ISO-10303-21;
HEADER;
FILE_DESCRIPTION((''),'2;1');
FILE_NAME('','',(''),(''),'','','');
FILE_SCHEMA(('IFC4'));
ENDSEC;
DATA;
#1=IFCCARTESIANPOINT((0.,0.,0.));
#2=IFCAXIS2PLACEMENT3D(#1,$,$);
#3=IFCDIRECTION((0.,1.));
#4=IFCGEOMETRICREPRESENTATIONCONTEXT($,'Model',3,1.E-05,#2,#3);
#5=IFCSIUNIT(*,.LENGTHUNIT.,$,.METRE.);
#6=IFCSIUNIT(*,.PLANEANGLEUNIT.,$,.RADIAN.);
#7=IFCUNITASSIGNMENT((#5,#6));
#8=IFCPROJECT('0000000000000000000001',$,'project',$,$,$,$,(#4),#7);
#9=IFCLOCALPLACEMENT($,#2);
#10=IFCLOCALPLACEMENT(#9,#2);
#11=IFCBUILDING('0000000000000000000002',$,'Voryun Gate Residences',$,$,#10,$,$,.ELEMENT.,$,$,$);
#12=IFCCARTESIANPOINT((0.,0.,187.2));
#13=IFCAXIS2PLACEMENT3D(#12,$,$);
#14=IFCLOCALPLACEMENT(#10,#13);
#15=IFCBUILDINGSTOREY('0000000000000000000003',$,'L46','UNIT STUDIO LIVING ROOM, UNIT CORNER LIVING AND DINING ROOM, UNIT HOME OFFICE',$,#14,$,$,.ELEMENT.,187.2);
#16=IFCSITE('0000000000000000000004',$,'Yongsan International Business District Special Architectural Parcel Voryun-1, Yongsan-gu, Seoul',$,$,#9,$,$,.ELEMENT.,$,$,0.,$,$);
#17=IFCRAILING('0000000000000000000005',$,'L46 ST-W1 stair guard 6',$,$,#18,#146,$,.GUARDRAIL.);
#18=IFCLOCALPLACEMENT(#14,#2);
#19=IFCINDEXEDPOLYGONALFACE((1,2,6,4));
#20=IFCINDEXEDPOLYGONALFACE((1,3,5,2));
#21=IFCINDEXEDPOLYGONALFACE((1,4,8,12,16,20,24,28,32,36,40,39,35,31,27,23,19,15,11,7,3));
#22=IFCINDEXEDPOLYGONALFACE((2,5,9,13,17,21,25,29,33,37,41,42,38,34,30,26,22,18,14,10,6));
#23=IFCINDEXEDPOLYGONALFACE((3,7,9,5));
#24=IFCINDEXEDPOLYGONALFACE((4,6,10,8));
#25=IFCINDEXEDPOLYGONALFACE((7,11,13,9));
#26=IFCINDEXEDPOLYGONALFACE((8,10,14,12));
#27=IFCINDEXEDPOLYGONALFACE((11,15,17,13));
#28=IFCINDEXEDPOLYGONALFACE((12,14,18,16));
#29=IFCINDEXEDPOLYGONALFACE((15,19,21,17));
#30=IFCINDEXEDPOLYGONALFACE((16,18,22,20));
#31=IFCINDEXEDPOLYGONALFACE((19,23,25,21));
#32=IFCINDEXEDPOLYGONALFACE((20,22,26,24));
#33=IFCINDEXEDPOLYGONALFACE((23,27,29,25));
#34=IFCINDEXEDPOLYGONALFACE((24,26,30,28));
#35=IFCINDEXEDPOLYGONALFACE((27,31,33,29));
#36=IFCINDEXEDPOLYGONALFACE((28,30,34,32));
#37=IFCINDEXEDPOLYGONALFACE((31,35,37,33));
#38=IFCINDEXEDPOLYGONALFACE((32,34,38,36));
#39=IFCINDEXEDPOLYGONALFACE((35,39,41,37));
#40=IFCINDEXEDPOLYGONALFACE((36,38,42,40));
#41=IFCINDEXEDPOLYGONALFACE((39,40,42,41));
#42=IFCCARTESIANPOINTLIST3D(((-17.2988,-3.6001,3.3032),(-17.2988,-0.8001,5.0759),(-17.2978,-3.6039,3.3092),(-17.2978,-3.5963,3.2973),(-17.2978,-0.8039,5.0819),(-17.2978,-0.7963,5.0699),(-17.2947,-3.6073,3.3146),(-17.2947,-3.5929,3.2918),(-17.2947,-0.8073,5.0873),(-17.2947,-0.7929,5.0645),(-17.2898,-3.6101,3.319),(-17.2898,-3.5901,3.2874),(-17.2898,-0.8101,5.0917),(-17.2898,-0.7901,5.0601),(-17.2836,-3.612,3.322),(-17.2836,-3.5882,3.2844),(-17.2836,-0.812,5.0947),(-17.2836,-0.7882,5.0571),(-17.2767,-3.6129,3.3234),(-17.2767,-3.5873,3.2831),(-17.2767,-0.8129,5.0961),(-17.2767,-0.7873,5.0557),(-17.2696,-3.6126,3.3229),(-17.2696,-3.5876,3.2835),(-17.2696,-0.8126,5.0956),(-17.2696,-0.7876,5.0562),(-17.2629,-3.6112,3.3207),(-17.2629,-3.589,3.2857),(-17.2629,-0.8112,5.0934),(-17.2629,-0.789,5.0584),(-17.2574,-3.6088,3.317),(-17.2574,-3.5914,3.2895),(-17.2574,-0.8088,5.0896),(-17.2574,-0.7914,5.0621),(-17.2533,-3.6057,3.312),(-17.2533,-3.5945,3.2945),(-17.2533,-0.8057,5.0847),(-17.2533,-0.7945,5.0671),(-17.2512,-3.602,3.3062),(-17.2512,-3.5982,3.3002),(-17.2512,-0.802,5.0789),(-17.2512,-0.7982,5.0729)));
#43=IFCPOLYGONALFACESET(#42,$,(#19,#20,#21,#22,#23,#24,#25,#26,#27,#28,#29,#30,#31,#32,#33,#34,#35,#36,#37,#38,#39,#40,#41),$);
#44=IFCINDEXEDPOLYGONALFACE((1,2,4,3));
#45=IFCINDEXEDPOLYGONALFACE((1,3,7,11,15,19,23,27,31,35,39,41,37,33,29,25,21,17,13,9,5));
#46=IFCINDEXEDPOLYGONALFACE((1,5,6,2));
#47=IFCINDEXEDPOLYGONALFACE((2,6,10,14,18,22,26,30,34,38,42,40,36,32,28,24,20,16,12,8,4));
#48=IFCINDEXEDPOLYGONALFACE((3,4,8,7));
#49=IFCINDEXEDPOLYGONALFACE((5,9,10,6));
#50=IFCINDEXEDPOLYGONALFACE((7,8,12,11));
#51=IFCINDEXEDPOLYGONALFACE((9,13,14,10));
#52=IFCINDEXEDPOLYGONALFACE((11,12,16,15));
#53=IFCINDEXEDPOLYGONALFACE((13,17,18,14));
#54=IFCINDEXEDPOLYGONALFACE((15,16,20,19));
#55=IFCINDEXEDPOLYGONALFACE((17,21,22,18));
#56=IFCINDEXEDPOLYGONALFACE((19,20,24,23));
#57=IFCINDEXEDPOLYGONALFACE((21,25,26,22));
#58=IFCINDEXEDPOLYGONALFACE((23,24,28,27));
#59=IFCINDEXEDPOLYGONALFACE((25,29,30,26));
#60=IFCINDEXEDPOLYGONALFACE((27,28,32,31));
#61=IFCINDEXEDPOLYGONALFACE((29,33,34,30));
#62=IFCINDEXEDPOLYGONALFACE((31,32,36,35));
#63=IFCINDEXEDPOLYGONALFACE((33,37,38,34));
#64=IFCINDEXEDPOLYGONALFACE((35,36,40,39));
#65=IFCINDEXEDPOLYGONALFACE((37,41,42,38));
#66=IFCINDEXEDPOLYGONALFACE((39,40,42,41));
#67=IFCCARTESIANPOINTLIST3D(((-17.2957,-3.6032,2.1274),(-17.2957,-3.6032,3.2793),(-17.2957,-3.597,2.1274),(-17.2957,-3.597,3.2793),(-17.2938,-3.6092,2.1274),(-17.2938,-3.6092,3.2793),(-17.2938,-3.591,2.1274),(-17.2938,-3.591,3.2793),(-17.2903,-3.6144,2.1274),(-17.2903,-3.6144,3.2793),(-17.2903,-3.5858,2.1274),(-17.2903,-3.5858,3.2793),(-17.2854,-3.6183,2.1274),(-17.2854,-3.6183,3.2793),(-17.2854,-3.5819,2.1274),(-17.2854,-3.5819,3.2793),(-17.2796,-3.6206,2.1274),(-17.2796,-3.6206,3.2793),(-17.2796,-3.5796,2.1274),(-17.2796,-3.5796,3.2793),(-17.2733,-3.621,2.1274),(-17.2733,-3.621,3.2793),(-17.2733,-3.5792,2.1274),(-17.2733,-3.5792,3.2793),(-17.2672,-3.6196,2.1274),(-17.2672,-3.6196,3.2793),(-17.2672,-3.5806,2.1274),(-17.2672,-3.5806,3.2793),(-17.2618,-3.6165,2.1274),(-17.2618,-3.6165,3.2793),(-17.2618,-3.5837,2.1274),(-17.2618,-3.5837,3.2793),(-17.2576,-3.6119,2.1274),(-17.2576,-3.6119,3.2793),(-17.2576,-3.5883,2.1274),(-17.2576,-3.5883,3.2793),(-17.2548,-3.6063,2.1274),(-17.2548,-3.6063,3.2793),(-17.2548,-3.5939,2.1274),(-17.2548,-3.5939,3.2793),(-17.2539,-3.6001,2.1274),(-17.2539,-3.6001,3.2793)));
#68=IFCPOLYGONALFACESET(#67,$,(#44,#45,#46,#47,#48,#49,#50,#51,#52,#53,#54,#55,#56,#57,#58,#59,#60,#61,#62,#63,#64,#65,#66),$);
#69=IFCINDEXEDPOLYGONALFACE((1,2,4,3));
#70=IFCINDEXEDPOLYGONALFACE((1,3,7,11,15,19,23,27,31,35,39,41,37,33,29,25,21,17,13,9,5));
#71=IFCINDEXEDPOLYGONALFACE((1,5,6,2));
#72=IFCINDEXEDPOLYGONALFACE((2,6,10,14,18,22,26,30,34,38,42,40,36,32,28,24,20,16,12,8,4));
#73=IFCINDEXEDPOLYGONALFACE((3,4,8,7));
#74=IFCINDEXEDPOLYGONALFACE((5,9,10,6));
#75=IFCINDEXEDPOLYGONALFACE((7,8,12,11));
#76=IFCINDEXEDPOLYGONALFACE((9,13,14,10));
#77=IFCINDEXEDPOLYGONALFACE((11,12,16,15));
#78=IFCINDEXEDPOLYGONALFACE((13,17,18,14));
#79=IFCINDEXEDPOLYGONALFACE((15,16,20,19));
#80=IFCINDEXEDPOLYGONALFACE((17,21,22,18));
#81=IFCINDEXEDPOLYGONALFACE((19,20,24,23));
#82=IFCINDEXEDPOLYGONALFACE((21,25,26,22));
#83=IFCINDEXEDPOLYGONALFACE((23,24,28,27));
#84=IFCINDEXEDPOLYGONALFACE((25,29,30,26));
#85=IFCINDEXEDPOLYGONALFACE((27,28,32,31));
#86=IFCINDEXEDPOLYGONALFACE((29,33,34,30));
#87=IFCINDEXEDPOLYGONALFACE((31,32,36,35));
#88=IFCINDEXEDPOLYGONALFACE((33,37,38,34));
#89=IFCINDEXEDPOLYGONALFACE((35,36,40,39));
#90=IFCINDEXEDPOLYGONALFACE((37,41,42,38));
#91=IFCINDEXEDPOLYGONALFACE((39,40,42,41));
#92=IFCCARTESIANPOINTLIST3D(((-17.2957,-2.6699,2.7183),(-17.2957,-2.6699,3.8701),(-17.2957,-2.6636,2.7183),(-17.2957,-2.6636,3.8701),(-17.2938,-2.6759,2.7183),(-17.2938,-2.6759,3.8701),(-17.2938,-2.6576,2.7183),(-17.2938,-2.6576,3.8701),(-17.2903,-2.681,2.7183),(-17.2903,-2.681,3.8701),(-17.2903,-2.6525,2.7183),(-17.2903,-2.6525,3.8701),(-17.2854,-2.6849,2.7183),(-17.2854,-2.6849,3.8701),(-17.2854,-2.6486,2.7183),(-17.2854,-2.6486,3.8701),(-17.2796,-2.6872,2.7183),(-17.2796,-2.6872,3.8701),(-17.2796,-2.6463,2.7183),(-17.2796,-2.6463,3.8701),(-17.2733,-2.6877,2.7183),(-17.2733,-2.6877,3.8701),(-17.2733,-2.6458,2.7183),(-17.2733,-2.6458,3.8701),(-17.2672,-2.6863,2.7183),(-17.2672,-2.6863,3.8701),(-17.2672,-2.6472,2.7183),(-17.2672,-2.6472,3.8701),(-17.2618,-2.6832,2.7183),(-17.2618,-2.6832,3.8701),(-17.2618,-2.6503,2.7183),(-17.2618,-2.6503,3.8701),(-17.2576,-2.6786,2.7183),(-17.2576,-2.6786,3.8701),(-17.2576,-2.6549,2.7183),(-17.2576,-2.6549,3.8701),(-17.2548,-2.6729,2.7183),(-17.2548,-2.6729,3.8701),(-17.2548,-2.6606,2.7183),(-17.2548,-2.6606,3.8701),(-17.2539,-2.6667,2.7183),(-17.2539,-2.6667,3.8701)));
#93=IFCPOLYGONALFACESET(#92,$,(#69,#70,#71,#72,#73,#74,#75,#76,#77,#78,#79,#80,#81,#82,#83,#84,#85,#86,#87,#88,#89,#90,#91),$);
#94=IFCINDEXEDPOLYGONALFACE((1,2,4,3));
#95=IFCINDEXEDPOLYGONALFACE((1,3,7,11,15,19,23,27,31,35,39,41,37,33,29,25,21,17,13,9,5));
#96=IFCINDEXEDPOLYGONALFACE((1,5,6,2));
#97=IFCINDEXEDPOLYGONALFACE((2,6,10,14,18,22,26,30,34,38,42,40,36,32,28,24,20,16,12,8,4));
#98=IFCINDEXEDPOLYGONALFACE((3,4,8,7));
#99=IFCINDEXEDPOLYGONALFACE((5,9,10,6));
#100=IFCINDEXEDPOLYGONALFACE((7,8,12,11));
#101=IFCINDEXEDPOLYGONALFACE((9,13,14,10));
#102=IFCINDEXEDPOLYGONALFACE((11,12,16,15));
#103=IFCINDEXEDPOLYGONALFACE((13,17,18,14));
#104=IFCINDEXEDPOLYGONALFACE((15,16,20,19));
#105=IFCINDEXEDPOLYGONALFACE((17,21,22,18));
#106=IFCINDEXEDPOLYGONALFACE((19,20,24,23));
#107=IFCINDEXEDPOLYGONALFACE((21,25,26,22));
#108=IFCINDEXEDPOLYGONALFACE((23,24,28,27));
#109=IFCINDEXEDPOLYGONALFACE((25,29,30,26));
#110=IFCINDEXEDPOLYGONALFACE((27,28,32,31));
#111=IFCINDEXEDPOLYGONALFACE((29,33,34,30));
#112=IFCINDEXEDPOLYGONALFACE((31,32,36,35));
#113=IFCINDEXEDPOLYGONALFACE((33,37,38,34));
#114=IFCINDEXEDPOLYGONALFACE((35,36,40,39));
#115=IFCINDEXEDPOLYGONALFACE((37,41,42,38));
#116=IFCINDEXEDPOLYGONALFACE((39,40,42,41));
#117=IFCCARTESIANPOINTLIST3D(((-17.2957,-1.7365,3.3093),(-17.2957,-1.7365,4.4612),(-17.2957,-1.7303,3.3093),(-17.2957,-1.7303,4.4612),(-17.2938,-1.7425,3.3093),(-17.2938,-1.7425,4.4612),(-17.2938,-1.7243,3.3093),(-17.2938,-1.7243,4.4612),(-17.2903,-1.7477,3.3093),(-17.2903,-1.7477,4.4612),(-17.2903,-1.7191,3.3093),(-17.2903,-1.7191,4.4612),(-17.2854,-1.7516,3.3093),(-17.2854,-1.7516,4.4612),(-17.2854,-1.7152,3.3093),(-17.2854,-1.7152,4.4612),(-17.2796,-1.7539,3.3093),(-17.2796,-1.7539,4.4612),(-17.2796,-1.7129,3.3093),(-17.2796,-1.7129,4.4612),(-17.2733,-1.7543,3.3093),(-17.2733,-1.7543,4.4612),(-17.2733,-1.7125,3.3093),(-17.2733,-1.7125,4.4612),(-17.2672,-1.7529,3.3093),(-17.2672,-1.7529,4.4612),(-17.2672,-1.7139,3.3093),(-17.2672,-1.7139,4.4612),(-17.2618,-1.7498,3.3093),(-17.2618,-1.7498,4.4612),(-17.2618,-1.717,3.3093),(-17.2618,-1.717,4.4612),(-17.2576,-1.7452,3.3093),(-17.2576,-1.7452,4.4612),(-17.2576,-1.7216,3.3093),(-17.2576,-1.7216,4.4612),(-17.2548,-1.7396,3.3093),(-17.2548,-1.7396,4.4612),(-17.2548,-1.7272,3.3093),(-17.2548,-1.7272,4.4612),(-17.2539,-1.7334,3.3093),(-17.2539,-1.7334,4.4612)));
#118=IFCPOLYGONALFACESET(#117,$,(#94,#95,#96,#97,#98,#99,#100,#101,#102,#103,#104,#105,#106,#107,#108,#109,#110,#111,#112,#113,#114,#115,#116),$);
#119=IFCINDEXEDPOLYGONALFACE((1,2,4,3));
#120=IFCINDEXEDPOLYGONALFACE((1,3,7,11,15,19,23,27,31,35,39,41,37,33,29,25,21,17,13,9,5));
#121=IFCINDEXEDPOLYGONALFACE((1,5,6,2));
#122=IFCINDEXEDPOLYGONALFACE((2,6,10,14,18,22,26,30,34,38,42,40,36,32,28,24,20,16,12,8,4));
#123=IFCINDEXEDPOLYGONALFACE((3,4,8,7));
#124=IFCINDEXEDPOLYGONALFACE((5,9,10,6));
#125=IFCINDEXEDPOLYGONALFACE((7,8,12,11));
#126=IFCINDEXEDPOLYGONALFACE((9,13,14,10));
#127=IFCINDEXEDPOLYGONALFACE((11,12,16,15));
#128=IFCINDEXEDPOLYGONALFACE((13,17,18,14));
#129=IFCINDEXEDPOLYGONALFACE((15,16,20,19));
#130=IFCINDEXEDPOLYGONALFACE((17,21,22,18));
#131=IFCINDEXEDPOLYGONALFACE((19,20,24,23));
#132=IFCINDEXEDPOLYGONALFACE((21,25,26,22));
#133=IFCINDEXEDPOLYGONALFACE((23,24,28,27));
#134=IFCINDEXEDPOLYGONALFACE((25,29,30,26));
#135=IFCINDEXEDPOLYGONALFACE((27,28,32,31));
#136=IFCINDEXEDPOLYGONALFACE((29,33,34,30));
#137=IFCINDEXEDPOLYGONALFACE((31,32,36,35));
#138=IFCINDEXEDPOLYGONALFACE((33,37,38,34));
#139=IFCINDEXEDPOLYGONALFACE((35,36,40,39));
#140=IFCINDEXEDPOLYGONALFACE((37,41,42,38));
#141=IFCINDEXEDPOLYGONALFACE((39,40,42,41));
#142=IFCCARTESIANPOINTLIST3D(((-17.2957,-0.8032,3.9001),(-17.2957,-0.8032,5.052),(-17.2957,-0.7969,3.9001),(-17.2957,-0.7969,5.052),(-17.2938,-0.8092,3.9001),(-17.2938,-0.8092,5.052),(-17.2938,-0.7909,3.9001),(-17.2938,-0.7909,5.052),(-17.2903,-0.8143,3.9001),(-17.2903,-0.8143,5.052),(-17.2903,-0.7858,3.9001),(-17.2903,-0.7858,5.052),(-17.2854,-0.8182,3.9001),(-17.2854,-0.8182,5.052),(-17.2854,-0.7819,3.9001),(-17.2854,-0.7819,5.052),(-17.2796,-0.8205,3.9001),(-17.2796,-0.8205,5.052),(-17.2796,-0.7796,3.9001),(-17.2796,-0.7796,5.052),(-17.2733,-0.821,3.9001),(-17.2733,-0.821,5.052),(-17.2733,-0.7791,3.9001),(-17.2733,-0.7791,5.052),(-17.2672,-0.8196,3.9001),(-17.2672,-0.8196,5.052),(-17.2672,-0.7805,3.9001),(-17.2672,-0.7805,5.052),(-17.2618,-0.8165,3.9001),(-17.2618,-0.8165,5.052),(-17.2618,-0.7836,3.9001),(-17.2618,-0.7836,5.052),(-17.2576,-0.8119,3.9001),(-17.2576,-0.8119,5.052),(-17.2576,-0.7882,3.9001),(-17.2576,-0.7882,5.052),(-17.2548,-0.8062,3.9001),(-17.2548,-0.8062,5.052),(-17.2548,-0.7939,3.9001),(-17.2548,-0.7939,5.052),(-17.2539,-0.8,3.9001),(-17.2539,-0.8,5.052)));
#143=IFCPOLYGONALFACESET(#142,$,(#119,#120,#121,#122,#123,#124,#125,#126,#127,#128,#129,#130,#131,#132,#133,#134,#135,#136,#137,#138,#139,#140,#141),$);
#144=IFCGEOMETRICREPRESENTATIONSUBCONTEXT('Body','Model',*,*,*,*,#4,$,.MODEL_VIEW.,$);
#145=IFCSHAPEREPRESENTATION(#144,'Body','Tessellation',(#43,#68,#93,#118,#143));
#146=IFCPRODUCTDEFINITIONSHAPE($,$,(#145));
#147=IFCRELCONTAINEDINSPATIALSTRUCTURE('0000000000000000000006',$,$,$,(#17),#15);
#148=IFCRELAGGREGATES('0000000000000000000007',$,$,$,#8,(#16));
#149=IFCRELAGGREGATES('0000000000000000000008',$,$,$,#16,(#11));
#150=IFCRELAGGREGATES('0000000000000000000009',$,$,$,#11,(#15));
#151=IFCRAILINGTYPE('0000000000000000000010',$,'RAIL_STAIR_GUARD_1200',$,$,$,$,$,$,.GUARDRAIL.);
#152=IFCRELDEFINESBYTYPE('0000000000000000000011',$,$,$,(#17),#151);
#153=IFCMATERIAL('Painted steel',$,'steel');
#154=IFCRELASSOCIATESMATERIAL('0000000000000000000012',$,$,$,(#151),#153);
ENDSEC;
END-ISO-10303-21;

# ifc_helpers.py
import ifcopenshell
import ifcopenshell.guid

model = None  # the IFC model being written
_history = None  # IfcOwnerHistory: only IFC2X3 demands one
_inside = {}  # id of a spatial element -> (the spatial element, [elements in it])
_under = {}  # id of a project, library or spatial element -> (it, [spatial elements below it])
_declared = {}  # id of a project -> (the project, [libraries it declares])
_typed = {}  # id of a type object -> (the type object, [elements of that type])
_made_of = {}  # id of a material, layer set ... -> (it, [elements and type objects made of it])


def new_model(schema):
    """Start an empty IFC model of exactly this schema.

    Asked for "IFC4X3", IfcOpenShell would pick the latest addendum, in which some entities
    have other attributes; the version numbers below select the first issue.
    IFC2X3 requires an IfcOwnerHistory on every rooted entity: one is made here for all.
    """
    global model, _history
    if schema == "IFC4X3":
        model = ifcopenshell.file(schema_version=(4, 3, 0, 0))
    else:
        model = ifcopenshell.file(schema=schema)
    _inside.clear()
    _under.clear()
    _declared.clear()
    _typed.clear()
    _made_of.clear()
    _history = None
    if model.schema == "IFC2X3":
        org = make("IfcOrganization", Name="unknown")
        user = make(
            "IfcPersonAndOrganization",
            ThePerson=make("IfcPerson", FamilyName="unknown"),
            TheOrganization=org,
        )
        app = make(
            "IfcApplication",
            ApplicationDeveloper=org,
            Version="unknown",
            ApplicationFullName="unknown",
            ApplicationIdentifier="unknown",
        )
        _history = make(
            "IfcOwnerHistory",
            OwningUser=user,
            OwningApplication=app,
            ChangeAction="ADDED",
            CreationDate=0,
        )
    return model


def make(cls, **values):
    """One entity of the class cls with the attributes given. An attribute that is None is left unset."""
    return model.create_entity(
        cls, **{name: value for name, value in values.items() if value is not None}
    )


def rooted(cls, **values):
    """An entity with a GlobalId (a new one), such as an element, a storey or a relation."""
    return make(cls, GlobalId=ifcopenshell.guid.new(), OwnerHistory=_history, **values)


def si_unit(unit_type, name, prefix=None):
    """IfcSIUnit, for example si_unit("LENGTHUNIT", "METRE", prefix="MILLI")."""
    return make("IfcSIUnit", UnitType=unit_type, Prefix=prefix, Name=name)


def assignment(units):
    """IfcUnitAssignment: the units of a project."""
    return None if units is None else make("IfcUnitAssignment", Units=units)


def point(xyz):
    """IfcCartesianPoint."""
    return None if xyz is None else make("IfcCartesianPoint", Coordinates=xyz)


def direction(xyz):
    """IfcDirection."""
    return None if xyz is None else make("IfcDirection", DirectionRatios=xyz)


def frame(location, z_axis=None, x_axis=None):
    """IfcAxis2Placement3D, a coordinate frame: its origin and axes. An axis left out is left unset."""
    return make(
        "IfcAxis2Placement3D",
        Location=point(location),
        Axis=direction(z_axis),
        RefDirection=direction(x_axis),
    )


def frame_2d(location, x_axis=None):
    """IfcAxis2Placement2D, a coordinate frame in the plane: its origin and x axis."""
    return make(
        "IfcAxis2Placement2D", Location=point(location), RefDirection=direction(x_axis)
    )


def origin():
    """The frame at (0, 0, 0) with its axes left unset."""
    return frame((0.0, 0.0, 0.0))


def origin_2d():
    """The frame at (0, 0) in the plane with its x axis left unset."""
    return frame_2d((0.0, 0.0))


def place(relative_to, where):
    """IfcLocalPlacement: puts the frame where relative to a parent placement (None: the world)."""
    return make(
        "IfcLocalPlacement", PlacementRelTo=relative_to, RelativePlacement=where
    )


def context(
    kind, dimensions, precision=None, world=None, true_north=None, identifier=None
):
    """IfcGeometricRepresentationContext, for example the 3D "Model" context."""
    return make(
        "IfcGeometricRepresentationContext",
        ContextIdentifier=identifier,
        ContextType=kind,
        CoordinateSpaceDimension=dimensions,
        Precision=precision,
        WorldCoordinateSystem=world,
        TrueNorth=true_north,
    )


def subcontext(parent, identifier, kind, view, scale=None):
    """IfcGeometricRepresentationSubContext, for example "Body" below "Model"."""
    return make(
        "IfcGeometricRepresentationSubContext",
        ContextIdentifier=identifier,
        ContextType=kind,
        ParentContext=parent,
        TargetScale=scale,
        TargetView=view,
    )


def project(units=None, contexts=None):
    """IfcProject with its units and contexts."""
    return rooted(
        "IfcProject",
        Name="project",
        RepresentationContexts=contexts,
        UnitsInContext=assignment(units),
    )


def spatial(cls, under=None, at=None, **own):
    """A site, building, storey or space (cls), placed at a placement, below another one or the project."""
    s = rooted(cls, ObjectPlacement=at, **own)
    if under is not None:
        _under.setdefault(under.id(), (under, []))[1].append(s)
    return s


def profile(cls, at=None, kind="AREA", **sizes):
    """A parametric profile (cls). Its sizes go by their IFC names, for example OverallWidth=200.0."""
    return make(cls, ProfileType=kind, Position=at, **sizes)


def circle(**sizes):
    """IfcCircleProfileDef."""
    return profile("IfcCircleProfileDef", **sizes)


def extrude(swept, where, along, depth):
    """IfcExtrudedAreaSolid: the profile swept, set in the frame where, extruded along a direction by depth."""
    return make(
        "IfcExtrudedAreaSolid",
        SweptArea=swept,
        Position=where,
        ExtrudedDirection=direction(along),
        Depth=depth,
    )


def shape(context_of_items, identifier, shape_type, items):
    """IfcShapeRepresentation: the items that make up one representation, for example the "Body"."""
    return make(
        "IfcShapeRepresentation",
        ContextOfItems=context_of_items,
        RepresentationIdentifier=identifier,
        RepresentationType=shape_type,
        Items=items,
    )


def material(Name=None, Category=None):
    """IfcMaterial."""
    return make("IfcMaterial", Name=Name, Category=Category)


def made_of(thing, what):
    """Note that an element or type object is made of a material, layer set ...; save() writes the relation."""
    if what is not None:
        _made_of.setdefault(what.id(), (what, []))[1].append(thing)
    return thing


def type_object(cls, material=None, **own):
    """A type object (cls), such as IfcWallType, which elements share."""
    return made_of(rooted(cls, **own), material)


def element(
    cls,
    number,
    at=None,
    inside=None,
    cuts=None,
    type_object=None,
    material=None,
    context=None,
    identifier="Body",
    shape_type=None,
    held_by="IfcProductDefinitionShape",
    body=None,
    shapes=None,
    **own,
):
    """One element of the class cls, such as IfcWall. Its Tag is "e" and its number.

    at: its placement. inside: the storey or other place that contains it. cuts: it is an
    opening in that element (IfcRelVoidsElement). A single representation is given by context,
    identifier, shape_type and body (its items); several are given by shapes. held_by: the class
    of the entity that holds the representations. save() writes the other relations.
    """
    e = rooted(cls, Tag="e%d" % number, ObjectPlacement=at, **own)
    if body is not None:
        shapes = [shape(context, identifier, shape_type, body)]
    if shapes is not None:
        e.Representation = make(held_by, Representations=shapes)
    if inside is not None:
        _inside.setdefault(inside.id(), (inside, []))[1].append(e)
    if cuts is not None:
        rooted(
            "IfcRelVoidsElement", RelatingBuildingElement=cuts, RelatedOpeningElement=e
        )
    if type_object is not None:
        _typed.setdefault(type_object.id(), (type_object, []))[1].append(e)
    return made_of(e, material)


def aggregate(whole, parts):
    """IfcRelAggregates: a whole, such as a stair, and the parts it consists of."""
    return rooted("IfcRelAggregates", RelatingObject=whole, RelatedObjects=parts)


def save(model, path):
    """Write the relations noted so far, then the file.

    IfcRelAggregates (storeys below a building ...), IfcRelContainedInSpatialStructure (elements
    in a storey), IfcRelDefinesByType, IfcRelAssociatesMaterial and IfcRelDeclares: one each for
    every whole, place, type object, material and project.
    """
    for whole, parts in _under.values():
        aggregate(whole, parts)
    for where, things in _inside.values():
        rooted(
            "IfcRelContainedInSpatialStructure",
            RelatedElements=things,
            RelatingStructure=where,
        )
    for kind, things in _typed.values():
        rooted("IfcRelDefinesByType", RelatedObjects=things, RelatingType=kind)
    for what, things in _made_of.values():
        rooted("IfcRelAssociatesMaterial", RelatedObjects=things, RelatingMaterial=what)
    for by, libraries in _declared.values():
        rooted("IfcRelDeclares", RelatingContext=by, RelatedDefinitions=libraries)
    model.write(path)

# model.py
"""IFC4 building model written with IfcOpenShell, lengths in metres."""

from ifc_helpers import new_model, si_unit, direction, frame, origin, origin_2d, place, context, subcontext, project, spatial, circle, extrude, material, type_object, element, save


model = new_model("IFC4")

# Units and contexts
model_context = context("Model", 3, precision=1e-05, world=origin(), true_north=direction((0.0, 1.0)))
body_context = subcontext(model_context, "Body", "Model", "MODEL_VIEW")
ifc_project = project(units=[si_unit("LENGTHUNIT", "METRE"), si_unit("PLANEANGLEUNIT", "RADIAN")], contexts=[model_context])

# Site, building, storey
site_placement = place(None, origin())
site = spatial("IfcSite", under=ifc_project, at=site_placement, Name="Yongsan International Business District Special Architectural Parcel Voryun-1, Yongsan-gu, Seoul", CompositionType="ELEMENT", RefElevation=0.0)
building_placement = place(site_placement, origin())
building = spatial("IfcBuilding", under=site, at=building_placement, Name="Voryun Gate Residences", CompositionType="ELEMENT")
storey_placement = place(building_placement, frame((0.0, 0.0, 187.2)))
storey = spatial("IfcBuildingStorey", under=building, at=storey_placement, Name="L46", Description="UNIT STUDIO LIVING ROOM, UNIT CORNER LIVING AND DINING ROOM, UNIT HOME OFFICE", CompositionType="ELEMENT", Elevation=187.2)

# Railing
ifc_material_1 = material(Name="Painted steel", Category="steel")
railing_type_1 = type_object("IfcRailingType", Name="RAIL_STAIR_GUARD_1200", PredefinedType="GUARDRAIL", material=ifc_material_1)
railing_1_placement = place(storey_placement, frame((-17.2749, -3.6001, 2.1274)))
element("IfcRailing", 1, at=railing_1_placement, inside=storey, type_object=railing_type_1, Name="L46 ST-W1 stair guard 6", PredefinedType="GUARDRAIL", context=body_context, shape_type="SweptSolid", body=[
    extrude(circle(Radius=0.0239, at=origin_2d()), frame((0.0, 0.0, 1.1758), z_axis=(0.0, 0.844909, 0.53491), x_axis=(-1.0, 0.0, 0.0)), (0.0, 0.0, 1.0), 3.314),
    extrude(circle(Radius=0.021, at=origin_2d()), origin(), (0.0, 0.0, 1.0), 1.1519),
    extrude(circle(Radius=0.021, at=origin_2d()), frame((0.0, 0.9333, 0.5908)), (0.0, 0.0, 1.0), 1.1519),
    extrude(circle(Radius=0.021, at=origin_2d()), frame((0.0, 1.8667, 1.1819)), (0.0, 0.0, 1.0), 1.1519),
    extrude(circle(Radius=0.021, at=origin_2d()), frame((0.0, 2.8, 1.7727)), (0.0, 0.0, 1.0), 1.1519),
])

save(model, "model.ifc")
